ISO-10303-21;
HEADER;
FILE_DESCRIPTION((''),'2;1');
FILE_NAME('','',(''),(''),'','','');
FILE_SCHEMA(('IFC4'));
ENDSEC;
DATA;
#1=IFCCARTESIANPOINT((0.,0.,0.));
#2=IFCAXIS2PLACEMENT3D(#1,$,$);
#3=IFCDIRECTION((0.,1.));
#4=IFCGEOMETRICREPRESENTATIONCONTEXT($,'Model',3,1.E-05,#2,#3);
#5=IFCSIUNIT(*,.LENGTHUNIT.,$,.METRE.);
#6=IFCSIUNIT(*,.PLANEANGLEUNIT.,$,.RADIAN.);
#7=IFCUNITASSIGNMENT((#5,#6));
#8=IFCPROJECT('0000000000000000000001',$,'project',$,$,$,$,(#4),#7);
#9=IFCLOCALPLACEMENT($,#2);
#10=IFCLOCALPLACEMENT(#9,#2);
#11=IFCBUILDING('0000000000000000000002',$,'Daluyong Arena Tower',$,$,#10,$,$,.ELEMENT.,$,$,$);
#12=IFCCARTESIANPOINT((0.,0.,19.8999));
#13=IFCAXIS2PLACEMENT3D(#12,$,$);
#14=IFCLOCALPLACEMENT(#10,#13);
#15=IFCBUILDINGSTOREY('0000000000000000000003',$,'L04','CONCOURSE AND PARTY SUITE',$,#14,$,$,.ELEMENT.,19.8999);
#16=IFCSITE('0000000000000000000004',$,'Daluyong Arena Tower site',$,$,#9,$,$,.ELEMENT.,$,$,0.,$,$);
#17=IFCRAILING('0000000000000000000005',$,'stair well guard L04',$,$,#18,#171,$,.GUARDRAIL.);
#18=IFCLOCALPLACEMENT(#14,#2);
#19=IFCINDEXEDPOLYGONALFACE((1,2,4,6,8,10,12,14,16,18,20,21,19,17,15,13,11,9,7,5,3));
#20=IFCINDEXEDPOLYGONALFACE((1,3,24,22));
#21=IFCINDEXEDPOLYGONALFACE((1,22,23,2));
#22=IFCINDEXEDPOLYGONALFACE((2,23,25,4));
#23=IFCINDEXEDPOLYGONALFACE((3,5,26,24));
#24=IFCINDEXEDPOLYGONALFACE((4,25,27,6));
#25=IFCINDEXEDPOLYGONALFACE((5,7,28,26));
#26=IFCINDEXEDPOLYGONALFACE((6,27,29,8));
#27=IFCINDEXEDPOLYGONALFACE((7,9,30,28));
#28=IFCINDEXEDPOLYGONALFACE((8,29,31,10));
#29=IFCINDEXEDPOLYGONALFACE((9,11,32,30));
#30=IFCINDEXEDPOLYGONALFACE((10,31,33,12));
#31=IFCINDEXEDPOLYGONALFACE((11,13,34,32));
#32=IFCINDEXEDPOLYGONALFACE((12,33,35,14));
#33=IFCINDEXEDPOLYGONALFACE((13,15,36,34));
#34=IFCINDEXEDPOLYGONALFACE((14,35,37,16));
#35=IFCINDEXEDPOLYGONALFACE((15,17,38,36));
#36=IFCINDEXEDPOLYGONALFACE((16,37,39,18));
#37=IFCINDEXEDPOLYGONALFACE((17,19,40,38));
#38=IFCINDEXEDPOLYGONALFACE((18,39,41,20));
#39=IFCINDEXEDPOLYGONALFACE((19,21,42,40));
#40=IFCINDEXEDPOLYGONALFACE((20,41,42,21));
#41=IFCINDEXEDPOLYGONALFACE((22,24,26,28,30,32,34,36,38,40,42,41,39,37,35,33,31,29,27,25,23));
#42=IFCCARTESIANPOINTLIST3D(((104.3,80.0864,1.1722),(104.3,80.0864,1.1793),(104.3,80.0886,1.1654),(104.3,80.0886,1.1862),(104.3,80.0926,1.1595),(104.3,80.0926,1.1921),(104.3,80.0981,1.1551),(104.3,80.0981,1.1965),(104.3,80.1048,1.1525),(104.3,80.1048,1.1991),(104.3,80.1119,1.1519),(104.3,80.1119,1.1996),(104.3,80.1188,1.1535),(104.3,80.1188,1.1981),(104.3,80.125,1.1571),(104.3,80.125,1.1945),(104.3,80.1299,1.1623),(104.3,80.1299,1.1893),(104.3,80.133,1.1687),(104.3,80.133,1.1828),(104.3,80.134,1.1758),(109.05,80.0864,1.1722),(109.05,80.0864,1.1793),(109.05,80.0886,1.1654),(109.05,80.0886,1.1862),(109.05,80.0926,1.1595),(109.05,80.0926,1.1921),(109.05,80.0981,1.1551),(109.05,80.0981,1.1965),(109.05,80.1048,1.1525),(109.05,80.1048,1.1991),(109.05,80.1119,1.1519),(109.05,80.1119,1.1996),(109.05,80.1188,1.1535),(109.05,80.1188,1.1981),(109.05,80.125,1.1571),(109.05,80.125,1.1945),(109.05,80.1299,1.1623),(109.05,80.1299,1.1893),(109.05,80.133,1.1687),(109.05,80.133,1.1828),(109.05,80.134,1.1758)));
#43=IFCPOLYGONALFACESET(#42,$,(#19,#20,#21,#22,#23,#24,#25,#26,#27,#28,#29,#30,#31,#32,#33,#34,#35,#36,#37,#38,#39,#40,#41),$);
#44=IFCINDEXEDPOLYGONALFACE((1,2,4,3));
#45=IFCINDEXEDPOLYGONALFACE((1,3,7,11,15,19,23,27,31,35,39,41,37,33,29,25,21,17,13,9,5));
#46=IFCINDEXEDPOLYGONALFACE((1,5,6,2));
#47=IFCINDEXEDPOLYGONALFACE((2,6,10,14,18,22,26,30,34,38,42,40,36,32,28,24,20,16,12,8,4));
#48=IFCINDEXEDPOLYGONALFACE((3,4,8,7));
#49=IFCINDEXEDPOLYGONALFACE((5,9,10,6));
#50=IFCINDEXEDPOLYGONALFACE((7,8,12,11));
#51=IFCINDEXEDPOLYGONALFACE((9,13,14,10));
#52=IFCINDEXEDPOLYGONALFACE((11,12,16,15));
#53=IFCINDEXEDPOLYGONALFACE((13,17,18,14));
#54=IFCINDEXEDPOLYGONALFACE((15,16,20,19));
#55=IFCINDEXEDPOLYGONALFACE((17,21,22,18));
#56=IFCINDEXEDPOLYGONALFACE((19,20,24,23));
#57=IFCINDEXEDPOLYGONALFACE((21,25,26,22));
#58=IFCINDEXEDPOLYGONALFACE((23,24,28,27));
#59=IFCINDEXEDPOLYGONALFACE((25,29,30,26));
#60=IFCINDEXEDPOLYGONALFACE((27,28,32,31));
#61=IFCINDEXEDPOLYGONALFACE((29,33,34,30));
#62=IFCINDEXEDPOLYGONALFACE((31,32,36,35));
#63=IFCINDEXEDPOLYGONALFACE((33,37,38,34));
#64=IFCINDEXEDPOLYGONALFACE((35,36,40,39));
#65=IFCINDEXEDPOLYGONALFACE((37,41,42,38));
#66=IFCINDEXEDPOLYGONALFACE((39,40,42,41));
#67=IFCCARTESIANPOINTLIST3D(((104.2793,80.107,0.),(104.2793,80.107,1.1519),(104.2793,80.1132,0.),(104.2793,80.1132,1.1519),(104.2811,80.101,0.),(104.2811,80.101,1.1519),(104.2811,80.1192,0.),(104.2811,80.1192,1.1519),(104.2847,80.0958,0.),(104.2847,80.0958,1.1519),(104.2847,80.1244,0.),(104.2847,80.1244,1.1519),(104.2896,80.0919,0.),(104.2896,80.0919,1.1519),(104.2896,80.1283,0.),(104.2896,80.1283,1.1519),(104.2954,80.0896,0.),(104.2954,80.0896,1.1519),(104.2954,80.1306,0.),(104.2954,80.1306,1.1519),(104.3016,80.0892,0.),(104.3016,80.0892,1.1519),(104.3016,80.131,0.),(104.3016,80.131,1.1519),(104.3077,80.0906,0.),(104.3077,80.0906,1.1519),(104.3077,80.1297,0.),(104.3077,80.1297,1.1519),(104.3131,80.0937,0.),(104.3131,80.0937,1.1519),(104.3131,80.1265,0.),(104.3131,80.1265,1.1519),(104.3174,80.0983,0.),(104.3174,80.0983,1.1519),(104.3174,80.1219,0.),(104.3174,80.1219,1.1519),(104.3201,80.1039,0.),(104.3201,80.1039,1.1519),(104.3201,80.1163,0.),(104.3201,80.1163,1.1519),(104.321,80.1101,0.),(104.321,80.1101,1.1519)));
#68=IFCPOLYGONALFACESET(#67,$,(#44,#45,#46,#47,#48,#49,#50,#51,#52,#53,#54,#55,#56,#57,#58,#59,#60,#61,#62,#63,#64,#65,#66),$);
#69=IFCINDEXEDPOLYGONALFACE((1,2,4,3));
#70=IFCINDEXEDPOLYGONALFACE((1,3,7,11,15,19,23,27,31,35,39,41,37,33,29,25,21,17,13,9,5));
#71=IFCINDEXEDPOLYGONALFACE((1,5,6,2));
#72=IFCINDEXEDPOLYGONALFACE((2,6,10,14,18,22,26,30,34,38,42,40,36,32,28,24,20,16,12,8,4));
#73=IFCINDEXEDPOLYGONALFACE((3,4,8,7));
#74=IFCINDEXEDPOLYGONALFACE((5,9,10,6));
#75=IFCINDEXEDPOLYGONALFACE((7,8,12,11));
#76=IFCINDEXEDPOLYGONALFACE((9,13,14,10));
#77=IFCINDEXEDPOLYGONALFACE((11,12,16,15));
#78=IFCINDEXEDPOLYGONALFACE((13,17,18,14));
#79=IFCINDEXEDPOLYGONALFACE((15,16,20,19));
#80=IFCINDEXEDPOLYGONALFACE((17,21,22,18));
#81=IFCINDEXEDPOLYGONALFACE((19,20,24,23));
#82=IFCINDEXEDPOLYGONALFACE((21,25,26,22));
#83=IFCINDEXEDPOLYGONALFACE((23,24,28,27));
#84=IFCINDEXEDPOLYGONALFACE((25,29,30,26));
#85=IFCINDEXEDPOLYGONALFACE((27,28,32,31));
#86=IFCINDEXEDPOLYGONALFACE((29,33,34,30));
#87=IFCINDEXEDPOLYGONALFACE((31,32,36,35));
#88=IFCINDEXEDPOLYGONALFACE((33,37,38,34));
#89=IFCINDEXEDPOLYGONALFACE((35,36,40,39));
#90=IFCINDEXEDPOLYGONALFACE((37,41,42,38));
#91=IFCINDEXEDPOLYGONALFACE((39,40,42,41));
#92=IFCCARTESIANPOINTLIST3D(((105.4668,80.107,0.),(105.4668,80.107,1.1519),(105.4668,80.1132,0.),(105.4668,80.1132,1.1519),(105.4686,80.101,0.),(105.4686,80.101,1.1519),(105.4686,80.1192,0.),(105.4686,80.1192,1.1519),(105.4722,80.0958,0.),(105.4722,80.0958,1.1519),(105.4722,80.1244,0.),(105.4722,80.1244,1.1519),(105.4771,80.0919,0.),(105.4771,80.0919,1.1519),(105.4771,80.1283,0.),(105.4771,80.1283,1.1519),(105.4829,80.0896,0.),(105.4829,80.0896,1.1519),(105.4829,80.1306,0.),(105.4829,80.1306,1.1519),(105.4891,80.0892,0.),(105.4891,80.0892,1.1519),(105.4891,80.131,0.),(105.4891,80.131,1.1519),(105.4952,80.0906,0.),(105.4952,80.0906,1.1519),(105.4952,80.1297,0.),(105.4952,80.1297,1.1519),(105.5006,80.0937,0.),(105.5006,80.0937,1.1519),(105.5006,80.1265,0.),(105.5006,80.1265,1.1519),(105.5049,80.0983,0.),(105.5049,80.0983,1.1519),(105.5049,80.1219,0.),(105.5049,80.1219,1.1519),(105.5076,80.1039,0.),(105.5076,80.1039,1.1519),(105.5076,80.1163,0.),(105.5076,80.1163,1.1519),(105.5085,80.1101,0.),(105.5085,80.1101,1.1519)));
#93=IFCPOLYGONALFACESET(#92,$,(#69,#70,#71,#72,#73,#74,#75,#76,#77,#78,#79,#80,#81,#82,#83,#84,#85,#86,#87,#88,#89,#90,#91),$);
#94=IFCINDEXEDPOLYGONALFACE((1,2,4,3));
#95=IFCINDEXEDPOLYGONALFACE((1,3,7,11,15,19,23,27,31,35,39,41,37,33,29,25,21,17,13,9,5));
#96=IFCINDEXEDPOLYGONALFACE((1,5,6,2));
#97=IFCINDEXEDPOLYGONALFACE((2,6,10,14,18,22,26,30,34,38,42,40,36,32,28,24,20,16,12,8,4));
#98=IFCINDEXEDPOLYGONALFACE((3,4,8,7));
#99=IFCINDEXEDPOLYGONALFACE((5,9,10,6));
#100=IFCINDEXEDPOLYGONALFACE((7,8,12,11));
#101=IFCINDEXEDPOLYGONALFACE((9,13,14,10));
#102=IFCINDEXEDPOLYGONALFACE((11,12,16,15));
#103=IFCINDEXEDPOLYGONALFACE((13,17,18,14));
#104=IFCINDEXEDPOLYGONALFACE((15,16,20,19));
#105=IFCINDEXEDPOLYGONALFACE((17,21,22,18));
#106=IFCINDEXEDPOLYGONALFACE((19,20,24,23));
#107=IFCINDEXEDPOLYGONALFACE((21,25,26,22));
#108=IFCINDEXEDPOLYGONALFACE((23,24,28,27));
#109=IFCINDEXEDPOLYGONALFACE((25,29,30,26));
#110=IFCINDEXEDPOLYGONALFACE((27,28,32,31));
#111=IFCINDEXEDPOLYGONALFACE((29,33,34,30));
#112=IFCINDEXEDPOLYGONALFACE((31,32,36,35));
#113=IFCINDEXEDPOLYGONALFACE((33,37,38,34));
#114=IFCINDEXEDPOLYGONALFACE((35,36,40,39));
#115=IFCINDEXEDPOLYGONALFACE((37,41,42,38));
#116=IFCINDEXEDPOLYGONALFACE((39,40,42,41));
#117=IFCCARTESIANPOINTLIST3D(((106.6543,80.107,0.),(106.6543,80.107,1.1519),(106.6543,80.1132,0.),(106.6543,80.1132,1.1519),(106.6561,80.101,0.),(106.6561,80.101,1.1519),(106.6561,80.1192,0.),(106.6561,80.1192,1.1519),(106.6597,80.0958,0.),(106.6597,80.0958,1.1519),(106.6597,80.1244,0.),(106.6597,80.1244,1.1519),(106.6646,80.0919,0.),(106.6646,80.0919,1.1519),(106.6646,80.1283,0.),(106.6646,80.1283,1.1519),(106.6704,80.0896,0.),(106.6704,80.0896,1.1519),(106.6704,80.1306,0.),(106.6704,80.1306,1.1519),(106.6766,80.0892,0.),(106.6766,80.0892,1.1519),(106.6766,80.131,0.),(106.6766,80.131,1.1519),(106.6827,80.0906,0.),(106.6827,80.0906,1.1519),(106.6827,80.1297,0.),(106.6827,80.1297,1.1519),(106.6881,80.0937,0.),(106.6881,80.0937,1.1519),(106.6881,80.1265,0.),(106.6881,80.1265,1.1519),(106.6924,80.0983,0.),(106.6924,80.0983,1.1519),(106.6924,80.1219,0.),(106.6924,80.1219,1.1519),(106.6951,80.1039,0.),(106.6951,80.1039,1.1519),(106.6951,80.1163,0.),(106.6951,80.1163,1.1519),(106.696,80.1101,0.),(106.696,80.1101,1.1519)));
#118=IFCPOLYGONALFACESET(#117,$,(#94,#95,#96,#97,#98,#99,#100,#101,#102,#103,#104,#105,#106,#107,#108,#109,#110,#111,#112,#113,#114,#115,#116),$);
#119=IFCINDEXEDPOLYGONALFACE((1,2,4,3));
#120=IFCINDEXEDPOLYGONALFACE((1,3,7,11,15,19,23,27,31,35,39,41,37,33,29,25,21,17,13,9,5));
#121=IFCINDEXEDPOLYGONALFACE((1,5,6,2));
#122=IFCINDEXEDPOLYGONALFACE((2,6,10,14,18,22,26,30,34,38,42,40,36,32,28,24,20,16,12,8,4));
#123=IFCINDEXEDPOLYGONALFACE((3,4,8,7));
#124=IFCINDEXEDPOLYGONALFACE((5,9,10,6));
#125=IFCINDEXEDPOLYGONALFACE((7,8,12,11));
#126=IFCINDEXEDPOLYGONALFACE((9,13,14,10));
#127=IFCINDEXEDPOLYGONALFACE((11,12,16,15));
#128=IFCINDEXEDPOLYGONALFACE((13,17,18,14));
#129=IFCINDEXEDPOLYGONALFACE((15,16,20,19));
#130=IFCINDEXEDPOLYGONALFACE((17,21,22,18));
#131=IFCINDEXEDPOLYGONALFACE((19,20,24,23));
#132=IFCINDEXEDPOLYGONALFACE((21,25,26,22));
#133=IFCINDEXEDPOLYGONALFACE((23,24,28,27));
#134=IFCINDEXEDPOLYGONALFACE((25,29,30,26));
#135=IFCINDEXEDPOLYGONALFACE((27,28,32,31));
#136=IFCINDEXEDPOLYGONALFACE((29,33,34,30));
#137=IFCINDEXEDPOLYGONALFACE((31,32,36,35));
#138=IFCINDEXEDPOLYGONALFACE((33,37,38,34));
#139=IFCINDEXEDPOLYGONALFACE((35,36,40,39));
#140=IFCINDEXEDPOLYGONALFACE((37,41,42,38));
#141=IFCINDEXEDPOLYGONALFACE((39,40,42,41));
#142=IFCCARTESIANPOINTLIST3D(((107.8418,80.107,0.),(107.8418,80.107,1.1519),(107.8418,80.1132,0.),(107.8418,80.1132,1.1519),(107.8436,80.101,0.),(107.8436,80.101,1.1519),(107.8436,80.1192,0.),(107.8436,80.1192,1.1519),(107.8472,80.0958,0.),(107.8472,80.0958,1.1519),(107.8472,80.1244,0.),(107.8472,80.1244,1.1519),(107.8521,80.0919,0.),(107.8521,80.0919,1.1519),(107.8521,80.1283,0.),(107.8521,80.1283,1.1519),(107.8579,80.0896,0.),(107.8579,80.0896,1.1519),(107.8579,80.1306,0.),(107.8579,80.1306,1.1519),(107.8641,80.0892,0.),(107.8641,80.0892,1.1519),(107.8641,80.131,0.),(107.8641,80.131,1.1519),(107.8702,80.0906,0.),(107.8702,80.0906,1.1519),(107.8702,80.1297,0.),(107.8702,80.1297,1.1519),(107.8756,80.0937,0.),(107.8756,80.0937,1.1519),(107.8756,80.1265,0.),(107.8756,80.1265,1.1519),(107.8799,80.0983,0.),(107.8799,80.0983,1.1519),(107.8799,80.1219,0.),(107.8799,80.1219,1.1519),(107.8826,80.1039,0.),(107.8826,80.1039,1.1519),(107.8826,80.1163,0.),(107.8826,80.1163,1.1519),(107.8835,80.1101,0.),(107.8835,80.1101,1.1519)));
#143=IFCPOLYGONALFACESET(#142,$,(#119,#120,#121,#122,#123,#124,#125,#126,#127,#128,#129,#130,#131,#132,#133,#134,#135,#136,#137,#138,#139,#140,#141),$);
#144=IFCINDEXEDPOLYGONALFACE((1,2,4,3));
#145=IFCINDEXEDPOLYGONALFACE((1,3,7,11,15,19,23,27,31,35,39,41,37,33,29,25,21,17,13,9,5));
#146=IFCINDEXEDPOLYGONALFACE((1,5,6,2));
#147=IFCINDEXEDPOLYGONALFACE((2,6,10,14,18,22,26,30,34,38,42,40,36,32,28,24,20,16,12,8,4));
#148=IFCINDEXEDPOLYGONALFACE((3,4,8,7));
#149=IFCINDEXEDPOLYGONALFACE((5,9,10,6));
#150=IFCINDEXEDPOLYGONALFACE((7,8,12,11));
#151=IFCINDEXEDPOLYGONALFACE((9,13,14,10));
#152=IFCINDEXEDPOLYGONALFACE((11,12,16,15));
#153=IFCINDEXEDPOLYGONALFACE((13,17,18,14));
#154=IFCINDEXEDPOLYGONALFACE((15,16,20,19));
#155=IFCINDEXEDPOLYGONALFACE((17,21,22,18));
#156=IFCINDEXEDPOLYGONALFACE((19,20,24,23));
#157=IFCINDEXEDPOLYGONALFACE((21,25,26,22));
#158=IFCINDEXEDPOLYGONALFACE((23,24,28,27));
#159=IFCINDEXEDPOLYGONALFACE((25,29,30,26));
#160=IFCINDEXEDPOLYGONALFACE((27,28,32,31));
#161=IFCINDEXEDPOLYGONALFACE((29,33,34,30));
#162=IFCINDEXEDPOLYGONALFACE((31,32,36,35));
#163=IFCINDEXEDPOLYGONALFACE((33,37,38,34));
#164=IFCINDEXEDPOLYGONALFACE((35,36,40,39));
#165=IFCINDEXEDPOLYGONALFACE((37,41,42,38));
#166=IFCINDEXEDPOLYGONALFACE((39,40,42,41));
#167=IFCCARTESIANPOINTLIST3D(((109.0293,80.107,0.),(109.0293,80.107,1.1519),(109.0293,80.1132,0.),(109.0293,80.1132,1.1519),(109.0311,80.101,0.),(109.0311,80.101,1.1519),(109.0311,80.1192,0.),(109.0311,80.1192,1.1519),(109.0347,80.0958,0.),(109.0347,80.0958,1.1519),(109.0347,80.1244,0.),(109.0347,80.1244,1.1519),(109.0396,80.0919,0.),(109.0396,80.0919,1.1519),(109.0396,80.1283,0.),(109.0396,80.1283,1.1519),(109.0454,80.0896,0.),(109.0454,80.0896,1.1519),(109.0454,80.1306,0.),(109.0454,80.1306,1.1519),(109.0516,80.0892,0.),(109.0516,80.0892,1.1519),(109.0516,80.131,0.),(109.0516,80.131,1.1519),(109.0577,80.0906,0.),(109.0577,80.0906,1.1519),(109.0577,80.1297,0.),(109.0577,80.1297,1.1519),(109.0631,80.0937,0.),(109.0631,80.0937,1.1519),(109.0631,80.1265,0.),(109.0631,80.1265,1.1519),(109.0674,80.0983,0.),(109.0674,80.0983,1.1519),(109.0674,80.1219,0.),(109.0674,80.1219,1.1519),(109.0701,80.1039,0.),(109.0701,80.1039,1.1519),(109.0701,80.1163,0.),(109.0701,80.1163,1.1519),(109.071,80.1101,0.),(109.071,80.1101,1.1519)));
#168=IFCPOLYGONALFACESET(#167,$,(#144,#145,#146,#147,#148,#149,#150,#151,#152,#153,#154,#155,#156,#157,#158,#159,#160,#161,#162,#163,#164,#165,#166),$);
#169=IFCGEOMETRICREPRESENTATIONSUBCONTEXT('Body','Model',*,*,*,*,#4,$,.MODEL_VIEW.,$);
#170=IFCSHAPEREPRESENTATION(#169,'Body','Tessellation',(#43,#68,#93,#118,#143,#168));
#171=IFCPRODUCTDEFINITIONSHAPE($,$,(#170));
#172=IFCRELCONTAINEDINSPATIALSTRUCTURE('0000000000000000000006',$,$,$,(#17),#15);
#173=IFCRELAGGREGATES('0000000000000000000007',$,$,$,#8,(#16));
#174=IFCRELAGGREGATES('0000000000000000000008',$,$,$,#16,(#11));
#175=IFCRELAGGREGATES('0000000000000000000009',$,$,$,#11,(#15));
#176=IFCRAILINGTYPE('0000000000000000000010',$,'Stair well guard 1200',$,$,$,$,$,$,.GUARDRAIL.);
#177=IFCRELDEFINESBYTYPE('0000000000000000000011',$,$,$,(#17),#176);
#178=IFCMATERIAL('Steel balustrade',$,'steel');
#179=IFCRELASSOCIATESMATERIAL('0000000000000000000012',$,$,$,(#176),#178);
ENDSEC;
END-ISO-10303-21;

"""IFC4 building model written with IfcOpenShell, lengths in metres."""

from ifc_helpers import new_model, si_unit, direction, frame, origin, origin_2d, place, context, subcontext, project, spatial, circle, extrude, material, type_object, element, save


model = new_model("IFC4")

# Units and contexts
model_context = context("Model", 3, precision=1e-05, world=origin(), true_north=direction((0.0, 1.0)))
body_context = subcontext(model_context, "Body", "Model", "MODEL_VIEW")
ifc_project = project(units=[si_unit("LENGTHUNIT", "METRE"), si_unit("PLANEANGLEUNIT", "RADIAN")], contexts=[model_context])

# Site, building, storey
site_placement = place(None, origin())
site = spatial("IfcSite", under=ifc_project, at=site_placement, Name="Daluyong Arena Tower site", CompositionType="ELEMENT", RefElevation=0.0)
building_placement = place(site_placement, origin())
building = spatial("IfcBuilding", under=site, at=building_placement, Name="Daluyong Arena Tower", CompositionType="ELEMENT")
storey_placement = place(building_placement, frame((0.0, 0.0, 19.8999)))
storey = spatial("IfcBuildingStorey", under=building, at=storey_placement, Name="L04", Description="CONCOURSE AND PARTY SUITE", CompositionType="ELEMENT", Elevation=19.8999)

# Railing
ifc_material_1 = material(Name="Steel balustrade", Category="steel")
railing_type = type_object("IfcRailingType", Name="Stair well guard 1200", PredefinedType="GUARDRAIL", material=ifc_material_1)
railing_placement = place(storey_placement, frame((104.3, 80.1101, 0.0)))
element("IfcRailing", 1, at=railing_placement, inside=storey, type_object=railing_type, Name="stair well guard L04", PredefinedType="GUARDRAIL", context=body_context, shape_type="SweptSolid", body=[
    extrude(circle(Radius=0.0239, at=origin_2d()), frame((0.0, 0.0, 1.1758), z_axis=(1.0, 0.0, 0.0), x_axis=(0.0, 1.0, 0.0)), (0.0, 0.0, 1.0), 4.75),
    extrude(circle(Radius=0.021, at=origin_2d()), origin(), (0.0, 0.0, 1.0), 1.1519),
    extrude(circle(Radius=0.021, at=origin_2d()), frame((1.1875, 0.0, 0.0)), (0.0, 0.0, 1.0), 1.1519),
    extrude(circle(Radius=0.021, at=origin_2d()), frame((2.375, 0.0, 0.0)), (0.0, 0.0, 1.0), 1.1519),
    extrude(circle(Radius=0.021, at=origin_2d()), frame((3.5625, 0.0, 0.0)), (0.0, 0.0, 1.0), 1.1519),
    extrude(circle(Radius=0.021, at=origin_2d()), frame((4.75, 0.0, 0.0)), (0.0, 0.0, 1.0), 1.1519),
])

save(model, "model.ifc")
